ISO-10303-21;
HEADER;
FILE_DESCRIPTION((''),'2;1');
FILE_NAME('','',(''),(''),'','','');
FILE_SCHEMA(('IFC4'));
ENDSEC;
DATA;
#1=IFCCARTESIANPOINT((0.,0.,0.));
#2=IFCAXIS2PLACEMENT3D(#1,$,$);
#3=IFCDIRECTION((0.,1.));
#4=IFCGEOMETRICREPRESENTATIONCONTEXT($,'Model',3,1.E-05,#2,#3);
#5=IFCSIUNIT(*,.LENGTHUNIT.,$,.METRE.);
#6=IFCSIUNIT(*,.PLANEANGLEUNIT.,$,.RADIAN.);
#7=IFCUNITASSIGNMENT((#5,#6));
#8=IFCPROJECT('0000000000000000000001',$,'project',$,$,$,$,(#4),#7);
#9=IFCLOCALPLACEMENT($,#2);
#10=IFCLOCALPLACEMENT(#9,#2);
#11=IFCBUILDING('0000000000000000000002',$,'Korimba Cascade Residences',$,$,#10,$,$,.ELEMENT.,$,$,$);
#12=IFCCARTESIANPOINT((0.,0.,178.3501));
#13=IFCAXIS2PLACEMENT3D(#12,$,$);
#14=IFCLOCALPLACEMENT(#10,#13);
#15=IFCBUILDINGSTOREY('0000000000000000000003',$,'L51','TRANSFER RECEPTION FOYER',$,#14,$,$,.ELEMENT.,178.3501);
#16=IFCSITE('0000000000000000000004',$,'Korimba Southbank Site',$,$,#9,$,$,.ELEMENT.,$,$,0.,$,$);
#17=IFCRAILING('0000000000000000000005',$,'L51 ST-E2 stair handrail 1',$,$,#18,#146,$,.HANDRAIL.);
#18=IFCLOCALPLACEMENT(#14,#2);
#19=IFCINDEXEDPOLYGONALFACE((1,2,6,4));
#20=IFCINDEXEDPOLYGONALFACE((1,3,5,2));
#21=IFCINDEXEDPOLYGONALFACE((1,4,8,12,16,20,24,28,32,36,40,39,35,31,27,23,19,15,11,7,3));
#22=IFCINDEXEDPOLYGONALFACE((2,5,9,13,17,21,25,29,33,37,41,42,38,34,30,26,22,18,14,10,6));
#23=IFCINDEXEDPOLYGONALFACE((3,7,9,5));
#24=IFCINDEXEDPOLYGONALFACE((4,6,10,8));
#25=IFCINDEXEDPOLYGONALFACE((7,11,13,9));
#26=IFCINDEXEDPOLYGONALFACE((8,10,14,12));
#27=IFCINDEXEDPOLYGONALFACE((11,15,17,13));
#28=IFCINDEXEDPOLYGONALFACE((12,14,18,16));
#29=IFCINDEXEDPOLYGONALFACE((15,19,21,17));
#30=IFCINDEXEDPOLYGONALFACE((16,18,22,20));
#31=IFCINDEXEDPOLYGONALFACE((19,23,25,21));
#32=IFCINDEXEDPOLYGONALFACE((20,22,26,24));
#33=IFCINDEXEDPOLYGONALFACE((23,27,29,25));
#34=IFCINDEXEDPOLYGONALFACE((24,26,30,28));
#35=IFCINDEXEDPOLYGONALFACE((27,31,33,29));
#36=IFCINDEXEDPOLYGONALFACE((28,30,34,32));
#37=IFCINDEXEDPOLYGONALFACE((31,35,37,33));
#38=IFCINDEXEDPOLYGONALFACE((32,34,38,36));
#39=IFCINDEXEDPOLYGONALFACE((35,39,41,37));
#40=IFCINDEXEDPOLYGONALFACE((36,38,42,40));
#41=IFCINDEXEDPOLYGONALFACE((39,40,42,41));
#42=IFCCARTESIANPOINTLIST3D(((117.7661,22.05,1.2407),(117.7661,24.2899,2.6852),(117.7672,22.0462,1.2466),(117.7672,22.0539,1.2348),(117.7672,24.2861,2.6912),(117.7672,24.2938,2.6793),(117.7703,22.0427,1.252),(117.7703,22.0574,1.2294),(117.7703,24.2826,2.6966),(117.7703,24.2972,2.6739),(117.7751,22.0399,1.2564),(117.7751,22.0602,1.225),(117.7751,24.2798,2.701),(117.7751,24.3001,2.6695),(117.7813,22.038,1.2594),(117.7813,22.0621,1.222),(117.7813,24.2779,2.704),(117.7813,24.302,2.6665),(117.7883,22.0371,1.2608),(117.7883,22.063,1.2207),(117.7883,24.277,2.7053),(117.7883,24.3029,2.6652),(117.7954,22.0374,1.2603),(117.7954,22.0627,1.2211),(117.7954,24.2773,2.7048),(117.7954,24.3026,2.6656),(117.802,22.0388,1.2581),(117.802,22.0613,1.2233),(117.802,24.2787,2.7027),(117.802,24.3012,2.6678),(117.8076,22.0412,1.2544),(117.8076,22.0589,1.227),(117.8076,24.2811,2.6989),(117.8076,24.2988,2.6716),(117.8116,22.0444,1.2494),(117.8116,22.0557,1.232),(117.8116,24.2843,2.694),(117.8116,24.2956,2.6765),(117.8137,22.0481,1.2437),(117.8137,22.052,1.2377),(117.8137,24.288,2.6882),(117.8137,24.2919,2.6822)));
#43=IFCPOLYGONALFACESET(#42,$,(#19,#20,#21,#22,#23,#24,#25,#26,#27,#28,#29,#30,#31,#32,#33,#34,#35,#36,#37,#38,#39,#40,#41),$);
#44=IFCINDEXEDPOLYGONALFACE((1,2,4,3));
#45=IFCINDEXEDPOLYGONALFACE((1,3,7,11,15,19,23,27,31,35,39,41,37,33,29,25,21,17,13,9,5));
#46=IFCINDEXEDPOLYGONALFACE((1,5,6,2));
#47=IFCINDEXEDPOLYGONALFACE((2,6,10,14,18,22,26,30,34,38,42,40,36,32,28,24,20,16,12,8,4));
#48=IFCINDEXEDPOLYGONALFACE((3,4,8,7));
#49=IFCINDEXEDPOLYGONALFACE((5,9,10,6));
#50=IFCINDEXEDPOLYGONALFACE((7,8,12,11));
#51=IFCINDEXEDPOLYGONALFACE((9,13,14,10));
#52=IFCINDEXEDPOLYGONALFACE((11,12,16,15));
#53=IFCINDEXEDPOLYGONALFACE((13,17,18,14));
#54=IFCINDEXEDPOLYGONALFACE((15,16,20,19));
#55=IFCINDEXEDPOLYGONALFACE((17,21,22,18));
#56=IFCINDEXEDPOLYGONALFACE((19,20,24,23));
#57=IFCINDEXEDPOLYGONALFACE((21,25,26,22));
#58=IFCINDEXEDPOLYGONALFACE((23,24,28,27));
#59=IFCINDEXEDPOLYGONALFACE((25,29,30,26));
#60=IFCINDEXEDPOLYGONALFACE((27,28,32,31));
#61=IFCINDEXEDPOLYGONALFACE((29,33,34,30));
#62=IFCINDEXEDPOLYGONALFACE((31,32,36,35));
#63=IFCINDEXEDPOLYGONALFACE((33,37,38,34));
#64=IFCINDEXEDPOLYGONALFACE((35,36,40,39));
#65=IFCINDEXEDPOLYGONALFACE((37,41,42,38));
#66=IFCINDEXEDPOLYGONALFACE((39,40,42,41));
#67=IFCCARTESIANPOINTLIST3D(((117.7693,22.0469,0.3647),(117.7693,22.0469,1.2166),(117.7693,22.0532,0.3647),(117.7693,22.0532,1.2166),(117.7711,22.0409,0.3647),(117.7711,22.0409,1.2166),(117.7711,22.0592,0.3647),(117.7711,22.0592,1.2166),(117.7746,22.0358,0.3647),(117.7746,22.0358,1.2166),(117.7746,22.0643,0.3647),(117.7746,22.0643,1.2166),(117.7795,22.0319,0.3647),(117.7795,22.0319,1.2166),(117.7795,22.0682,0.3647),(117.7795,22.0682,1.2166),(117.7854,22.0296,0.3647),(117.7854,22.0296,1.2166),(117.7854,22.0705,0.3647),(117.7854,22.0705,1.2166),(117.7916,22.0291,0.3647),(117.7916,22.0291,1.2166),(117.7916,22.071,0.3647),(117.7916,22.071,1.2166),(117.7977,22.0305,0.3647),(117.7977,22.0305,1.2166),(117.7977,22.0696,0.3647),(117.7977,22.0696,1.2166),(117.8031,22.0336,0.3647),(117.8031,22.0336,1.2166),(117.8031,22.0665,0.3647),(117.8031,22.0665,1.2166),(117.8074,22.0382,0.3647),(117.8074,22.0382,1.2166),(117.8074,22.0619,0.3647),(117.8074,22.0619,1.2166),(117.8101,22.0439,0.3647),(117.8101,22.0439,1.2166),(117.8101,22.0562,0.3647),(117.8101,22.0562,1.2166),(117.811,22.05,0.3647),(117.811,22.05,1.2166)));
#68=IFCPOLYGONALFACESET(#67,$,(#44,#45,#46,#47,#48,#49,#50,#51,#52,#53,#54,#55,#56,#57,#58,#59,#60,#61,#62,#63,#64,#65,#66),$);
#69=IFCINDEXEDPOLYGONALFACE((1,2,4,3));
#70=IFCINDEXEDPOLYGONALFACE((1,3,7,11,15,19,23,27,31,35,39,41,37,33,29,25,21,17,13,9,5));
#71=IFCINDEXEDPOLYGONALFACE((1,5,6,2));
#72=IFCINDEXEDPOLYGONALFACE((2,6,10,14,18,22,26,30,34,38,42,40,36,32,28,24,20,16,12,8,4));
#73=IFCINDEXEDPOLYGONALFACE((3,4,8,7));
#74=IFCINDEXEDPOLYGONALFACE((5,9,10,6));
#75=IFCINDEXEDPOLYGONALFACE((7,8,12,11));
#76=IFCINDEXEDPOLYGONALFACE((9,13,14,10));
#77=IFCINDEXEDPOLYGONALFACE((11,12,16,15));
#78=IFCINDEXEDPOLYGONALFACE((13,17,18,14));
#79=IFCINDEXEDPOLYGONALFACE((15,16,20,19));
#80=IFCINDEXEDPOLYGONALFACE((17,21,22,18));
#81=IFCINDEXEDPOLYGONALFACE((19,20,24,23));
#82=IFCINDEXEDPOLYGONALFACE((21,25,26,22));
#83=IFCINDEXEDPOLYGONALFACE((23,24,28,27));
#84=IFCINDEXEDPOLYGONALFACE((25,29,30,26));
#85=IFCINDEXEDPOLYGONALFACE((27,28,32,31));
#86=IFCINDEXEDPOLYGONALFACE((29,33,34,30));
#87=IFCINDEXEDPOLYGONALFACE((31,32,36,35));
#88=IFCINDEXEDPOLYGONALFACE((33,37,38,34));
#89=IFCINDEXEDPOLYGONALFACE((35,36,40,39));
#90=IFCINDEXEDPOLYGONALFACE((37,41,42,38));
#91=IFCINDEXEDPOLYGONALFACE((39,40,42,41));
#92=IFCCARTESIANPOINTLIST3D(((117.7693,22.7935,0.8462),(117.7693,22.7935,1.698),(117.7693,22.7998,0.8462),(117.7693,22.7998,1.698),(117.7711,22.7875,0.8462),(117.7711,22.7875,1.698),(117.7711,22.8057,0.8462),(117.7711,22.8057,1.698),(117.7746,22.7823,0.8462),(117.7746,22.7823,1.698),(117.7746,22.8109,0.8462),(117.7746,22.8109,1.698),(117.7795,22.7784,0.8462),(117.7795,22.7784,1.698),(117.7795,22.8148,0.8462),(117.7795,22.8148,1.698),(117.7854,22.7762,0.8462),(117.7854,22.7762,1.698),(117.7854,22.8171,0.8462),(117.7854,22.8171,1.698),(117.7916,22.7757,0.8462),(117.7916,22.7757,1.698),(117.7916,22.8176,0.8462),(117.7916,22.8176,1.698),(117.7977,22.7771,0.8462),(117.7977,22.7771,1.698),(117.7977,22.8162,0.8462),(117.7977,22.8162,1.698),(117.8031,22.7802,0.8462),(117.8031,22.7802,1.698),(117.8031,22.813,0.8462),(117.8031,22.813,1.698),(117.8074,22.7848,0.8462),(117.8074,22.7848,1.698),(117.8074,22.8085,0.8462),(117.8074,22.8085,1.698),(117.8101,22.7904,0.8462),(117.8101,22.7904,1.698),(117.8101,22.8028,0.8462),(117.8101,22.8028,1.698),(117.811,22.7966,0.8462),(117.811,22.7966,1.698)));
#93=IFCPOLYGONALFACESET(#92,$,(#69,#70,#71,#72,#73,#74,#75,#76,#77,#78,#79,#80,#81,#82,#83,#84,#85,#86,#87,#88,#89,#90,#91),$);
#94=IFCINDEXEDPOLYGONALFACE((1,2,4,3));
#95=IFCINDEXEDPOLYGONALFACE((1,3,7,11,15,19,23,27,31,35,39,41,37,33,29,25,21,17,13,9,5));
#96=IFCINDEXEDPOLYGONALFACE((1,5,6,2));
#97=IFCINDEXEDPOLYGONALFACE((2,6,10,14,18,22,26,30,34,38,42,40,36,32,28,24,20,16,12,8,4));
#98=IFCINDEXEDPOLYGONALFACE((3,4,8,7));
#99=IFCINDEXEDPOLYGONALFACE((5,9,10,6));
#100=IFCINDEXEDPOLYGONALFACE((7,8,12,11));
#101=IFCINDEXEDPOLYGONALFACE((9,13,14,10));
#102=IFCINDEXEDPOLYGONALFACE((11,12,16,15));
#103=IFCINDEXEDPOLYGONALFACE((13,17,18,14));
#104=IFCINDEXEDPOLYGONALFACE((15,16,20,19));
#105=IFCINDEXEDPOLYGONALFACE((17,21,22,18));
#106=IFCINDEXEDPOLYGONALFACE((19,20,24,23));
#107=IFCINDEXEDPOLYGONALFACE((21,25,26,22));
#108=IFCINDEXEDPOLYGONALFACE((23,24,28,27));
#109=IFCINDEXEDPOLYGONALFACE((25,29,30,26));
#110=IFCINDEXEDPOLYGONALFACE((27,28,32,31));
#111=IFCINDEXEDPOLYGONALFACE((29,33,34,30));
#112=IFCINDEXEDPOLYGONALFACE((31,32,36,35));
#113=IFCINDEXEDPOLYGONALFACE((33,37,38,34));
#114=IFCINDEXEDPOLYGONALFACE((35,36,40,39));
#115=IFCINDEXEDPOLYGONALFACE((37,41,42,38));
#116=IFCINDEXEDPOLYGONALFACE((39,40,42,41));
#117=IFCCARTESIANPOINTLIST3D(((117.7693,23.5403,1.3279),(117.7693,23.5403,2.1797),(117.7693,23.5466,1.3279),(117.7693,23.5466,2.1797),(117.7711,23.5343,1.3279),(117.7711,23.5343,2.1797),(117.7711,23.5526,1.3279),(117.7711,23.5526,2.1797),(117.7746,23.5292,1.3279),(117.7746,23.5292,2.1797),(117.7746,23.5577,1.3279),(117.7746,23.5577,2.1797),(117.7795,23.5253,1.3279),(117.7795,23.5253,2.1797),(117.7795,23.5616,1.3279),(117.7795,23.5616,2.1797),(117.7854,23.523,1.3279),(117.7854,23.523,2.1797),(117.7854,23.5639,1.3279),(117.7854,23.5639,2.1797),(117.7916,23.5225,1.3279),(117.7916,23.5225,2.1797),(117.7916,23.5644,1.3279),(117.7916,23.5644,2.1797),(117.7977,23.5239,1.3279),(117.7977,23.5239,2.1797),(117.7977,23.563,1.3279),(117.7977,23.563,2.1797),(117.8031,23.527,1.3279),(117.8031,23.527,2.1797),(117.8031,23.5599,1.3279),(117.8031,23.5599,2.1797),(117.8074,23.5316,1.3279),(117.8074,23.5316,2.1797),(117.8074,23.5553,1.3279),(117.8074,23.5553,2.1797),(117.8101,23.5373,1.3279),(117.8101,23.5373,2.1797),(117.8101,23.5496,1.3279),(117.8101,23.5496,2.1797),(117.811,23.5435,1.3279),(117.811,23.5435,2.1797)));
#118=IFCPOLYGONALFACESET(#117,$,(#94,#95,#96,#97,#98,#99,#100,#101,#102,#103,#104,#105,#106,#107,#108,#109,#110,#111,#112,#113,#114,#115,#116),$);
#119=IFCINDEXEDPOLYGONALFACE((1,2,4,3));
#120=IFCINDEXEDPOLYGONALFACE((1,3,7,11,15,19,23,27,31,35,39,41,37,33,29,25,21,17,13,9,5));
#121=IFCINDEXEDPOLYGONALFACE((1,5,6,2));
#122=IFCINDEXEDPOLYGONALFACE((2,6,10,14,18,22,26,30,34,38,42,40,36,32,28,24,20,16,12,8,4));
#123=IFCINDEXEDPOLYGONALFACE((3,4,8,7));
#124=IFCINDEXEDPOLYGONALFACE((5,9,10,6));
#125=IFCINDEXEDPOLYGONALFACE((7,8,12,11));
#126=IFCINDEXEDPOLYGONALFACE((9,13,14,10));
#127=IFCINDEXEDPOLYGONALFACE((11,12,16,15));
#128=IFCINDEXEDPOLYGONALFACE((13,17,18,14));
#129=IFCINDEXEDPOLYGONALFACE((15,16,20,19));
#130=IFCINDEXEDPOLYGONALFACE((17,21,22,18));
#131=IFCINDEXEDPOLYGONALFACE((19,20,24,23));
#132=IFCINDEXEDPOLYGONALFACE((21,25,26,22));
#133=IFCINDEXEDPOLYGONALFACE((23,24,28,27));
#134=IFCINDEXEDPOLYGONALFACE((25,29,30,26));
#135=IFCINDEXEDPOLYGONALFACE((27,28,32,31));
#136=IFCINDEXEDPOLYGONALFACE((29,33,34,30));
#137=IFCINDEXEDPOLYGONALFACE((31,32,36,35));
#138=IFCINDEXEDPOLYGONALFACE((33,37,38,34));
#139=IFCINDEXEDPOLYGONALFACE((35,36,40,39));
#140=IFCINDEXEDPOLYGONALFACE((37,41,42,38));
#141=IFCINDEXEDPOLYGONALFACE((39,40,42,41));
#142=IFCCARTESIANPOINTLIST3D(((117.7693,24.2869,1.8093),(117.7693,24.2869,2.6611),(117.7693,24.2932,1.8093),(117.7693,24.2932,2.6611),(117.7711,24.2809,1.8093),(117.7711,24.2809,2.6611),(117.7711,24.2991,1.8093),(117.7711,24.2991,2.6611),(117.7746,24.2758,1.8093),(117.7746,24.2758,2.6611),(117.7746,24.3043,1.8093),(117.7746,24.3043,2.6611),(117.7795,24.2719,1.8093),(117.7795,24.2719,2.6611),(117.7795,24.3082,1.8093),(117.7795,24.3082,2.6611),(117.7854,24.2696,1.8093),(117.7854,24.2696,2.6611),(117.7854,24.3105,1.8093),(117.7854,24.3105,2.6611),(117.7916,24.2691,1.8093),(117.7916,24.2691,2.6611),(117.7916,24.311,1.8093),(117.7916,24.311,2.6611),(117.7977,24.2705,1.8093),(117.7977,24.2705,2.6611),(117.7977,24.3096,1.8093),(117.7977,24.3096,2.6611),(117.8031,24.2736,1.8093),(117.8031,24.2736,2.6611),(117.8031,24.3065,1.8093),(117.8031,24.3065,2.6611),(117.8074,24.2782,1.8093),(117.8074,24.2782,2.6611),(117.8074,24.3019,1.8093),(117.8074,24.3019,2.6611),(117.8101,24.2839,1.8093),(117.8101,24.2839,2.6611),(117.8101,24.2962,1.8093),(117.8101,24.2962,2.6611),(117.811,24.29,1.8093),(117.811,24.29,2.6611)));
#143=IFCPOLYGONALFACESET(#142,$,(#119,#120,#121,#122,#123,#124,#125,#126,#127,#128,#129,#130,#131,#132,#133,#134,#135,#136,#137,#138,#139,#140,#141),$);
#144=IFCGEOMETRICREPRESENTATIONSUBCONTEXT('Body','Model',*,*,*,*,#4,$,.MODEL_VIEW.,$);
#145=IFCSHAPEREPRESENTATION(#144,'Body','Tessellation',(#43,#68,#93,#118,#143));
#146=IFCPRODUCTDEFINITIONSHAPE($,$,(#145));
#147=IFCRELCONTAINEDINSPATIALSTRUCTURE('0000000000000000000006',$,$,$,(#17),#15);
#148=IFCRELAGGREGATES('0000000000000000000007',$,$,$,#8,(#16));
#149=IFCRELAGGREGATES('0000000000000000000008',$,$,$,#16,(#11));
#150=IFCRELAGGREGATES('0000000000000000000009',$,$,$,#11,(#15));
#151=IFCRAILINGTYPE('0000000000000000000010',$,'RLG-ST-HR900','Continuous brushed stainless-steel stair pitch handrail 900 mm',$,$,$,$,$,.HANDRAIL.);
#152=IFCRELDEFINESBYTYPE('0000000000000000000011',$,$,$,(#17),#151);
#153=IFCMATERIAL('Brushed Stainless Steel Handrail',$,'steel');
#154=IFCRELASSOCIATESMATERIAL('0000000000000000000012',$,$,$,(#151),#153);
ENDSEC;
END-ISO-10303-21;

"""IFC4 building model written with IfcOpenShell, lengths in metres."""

from ifc_helpers import new_model, si_unit, direction, frame, origin, origin_2d, place, context, subcontext, project, spatial, circle, extrude, material, type_object, element, save


model = new_model("IFC4")

# Units and contexts
model_context = context("Model", 3, precision=1e-05, world=origin(), true_north=direction((0.0, 1.0)))
body_context = subcontext(model_context, "Body", "Model", "MODEL_VIEW")
ifc_project = project(units=[si_unit("LENGTHUNIT", "METRE"), si_unit("PLANEANGLEUNIT", "RADIAN")], contexts=[model_context])

# Site, building, storey
site_placement = place(None, origin())
site = spatial("IfcSite", under=ifc_project, at=site_placement, Name="Korimba Southbank Site", CompositionType="ELEMENT", RefElevation=0.0)
building_placement = place(site_placement, origin())
building = spatial("IfcBuilding", under=site, at=building_placement, Name="Korimba Cascade Residences", CompositionType="ELEMENT")
storey_placement = place(building_placement, frame((0.0, 0.0, 178.3501)))
storey = spatial("IfcBuildingStorey", under=building, at=storey_placement, Name="L51", Description="TRANSFER RECEPTION FOYER", CompositionType="ELEMENT", Elevation=178.3501)

# Railing
ifc_material_1 = material(Name="Brushed Stainless Steel Handrail", Category="steel")
railing_type_1 = type_object("IfcRailingType", Name="RLG-ST-HR900", Description="Continuous brushed stainless-steel stair pitch handrail 900 mm", PredefinedType="HANDRAIL", material=ifc_material_1)
railing_1_placement = place(storey_placement, frame((117.79, 22.05, 0.3647)))
element("IfcRailing", 1, at=railing_1_placement, inside=storey, type_object=railing_type_1, Name="L51 ST-E2 stair handrail 1", PredefinedType="HANDRAIL", context=body_context, shape_type="SweptSolid", body=[
    extrude(circle(Radius=0.0239, at=origin_2d()), frame((0.0, 0.0, 0.876), z_axis=(0.0, 0.840395, 0.541975), x_axis=(-1.0, 0.0, 0.0)), (0.0, 0.0, 1.0), 2.6653),
    extrude(circle(Radius=0.021, at=origin_2d()), origin(), (0.0, 0.0, 1.0), 0.8518),
    extrude(circle(Radius=0.021, at=origin_2d()), frame((0.0, 0.7466, 0.4814)), (0.0, 0.0, 1.0), 0.8518),
    extrude(circle(Radius=0.021, at=origin_2d()), frame((0.0, 1.4934, 0.9631)), (0.0, 0.0, 1.0), 0.8518),
    extrude(circle(Radius=0.021, at=origin_2d()), frame((0.0, 2.24, 1.4446)), (0.0, 0.0, 1.0), 0.8518),
])

save(model, "model.ifc")
